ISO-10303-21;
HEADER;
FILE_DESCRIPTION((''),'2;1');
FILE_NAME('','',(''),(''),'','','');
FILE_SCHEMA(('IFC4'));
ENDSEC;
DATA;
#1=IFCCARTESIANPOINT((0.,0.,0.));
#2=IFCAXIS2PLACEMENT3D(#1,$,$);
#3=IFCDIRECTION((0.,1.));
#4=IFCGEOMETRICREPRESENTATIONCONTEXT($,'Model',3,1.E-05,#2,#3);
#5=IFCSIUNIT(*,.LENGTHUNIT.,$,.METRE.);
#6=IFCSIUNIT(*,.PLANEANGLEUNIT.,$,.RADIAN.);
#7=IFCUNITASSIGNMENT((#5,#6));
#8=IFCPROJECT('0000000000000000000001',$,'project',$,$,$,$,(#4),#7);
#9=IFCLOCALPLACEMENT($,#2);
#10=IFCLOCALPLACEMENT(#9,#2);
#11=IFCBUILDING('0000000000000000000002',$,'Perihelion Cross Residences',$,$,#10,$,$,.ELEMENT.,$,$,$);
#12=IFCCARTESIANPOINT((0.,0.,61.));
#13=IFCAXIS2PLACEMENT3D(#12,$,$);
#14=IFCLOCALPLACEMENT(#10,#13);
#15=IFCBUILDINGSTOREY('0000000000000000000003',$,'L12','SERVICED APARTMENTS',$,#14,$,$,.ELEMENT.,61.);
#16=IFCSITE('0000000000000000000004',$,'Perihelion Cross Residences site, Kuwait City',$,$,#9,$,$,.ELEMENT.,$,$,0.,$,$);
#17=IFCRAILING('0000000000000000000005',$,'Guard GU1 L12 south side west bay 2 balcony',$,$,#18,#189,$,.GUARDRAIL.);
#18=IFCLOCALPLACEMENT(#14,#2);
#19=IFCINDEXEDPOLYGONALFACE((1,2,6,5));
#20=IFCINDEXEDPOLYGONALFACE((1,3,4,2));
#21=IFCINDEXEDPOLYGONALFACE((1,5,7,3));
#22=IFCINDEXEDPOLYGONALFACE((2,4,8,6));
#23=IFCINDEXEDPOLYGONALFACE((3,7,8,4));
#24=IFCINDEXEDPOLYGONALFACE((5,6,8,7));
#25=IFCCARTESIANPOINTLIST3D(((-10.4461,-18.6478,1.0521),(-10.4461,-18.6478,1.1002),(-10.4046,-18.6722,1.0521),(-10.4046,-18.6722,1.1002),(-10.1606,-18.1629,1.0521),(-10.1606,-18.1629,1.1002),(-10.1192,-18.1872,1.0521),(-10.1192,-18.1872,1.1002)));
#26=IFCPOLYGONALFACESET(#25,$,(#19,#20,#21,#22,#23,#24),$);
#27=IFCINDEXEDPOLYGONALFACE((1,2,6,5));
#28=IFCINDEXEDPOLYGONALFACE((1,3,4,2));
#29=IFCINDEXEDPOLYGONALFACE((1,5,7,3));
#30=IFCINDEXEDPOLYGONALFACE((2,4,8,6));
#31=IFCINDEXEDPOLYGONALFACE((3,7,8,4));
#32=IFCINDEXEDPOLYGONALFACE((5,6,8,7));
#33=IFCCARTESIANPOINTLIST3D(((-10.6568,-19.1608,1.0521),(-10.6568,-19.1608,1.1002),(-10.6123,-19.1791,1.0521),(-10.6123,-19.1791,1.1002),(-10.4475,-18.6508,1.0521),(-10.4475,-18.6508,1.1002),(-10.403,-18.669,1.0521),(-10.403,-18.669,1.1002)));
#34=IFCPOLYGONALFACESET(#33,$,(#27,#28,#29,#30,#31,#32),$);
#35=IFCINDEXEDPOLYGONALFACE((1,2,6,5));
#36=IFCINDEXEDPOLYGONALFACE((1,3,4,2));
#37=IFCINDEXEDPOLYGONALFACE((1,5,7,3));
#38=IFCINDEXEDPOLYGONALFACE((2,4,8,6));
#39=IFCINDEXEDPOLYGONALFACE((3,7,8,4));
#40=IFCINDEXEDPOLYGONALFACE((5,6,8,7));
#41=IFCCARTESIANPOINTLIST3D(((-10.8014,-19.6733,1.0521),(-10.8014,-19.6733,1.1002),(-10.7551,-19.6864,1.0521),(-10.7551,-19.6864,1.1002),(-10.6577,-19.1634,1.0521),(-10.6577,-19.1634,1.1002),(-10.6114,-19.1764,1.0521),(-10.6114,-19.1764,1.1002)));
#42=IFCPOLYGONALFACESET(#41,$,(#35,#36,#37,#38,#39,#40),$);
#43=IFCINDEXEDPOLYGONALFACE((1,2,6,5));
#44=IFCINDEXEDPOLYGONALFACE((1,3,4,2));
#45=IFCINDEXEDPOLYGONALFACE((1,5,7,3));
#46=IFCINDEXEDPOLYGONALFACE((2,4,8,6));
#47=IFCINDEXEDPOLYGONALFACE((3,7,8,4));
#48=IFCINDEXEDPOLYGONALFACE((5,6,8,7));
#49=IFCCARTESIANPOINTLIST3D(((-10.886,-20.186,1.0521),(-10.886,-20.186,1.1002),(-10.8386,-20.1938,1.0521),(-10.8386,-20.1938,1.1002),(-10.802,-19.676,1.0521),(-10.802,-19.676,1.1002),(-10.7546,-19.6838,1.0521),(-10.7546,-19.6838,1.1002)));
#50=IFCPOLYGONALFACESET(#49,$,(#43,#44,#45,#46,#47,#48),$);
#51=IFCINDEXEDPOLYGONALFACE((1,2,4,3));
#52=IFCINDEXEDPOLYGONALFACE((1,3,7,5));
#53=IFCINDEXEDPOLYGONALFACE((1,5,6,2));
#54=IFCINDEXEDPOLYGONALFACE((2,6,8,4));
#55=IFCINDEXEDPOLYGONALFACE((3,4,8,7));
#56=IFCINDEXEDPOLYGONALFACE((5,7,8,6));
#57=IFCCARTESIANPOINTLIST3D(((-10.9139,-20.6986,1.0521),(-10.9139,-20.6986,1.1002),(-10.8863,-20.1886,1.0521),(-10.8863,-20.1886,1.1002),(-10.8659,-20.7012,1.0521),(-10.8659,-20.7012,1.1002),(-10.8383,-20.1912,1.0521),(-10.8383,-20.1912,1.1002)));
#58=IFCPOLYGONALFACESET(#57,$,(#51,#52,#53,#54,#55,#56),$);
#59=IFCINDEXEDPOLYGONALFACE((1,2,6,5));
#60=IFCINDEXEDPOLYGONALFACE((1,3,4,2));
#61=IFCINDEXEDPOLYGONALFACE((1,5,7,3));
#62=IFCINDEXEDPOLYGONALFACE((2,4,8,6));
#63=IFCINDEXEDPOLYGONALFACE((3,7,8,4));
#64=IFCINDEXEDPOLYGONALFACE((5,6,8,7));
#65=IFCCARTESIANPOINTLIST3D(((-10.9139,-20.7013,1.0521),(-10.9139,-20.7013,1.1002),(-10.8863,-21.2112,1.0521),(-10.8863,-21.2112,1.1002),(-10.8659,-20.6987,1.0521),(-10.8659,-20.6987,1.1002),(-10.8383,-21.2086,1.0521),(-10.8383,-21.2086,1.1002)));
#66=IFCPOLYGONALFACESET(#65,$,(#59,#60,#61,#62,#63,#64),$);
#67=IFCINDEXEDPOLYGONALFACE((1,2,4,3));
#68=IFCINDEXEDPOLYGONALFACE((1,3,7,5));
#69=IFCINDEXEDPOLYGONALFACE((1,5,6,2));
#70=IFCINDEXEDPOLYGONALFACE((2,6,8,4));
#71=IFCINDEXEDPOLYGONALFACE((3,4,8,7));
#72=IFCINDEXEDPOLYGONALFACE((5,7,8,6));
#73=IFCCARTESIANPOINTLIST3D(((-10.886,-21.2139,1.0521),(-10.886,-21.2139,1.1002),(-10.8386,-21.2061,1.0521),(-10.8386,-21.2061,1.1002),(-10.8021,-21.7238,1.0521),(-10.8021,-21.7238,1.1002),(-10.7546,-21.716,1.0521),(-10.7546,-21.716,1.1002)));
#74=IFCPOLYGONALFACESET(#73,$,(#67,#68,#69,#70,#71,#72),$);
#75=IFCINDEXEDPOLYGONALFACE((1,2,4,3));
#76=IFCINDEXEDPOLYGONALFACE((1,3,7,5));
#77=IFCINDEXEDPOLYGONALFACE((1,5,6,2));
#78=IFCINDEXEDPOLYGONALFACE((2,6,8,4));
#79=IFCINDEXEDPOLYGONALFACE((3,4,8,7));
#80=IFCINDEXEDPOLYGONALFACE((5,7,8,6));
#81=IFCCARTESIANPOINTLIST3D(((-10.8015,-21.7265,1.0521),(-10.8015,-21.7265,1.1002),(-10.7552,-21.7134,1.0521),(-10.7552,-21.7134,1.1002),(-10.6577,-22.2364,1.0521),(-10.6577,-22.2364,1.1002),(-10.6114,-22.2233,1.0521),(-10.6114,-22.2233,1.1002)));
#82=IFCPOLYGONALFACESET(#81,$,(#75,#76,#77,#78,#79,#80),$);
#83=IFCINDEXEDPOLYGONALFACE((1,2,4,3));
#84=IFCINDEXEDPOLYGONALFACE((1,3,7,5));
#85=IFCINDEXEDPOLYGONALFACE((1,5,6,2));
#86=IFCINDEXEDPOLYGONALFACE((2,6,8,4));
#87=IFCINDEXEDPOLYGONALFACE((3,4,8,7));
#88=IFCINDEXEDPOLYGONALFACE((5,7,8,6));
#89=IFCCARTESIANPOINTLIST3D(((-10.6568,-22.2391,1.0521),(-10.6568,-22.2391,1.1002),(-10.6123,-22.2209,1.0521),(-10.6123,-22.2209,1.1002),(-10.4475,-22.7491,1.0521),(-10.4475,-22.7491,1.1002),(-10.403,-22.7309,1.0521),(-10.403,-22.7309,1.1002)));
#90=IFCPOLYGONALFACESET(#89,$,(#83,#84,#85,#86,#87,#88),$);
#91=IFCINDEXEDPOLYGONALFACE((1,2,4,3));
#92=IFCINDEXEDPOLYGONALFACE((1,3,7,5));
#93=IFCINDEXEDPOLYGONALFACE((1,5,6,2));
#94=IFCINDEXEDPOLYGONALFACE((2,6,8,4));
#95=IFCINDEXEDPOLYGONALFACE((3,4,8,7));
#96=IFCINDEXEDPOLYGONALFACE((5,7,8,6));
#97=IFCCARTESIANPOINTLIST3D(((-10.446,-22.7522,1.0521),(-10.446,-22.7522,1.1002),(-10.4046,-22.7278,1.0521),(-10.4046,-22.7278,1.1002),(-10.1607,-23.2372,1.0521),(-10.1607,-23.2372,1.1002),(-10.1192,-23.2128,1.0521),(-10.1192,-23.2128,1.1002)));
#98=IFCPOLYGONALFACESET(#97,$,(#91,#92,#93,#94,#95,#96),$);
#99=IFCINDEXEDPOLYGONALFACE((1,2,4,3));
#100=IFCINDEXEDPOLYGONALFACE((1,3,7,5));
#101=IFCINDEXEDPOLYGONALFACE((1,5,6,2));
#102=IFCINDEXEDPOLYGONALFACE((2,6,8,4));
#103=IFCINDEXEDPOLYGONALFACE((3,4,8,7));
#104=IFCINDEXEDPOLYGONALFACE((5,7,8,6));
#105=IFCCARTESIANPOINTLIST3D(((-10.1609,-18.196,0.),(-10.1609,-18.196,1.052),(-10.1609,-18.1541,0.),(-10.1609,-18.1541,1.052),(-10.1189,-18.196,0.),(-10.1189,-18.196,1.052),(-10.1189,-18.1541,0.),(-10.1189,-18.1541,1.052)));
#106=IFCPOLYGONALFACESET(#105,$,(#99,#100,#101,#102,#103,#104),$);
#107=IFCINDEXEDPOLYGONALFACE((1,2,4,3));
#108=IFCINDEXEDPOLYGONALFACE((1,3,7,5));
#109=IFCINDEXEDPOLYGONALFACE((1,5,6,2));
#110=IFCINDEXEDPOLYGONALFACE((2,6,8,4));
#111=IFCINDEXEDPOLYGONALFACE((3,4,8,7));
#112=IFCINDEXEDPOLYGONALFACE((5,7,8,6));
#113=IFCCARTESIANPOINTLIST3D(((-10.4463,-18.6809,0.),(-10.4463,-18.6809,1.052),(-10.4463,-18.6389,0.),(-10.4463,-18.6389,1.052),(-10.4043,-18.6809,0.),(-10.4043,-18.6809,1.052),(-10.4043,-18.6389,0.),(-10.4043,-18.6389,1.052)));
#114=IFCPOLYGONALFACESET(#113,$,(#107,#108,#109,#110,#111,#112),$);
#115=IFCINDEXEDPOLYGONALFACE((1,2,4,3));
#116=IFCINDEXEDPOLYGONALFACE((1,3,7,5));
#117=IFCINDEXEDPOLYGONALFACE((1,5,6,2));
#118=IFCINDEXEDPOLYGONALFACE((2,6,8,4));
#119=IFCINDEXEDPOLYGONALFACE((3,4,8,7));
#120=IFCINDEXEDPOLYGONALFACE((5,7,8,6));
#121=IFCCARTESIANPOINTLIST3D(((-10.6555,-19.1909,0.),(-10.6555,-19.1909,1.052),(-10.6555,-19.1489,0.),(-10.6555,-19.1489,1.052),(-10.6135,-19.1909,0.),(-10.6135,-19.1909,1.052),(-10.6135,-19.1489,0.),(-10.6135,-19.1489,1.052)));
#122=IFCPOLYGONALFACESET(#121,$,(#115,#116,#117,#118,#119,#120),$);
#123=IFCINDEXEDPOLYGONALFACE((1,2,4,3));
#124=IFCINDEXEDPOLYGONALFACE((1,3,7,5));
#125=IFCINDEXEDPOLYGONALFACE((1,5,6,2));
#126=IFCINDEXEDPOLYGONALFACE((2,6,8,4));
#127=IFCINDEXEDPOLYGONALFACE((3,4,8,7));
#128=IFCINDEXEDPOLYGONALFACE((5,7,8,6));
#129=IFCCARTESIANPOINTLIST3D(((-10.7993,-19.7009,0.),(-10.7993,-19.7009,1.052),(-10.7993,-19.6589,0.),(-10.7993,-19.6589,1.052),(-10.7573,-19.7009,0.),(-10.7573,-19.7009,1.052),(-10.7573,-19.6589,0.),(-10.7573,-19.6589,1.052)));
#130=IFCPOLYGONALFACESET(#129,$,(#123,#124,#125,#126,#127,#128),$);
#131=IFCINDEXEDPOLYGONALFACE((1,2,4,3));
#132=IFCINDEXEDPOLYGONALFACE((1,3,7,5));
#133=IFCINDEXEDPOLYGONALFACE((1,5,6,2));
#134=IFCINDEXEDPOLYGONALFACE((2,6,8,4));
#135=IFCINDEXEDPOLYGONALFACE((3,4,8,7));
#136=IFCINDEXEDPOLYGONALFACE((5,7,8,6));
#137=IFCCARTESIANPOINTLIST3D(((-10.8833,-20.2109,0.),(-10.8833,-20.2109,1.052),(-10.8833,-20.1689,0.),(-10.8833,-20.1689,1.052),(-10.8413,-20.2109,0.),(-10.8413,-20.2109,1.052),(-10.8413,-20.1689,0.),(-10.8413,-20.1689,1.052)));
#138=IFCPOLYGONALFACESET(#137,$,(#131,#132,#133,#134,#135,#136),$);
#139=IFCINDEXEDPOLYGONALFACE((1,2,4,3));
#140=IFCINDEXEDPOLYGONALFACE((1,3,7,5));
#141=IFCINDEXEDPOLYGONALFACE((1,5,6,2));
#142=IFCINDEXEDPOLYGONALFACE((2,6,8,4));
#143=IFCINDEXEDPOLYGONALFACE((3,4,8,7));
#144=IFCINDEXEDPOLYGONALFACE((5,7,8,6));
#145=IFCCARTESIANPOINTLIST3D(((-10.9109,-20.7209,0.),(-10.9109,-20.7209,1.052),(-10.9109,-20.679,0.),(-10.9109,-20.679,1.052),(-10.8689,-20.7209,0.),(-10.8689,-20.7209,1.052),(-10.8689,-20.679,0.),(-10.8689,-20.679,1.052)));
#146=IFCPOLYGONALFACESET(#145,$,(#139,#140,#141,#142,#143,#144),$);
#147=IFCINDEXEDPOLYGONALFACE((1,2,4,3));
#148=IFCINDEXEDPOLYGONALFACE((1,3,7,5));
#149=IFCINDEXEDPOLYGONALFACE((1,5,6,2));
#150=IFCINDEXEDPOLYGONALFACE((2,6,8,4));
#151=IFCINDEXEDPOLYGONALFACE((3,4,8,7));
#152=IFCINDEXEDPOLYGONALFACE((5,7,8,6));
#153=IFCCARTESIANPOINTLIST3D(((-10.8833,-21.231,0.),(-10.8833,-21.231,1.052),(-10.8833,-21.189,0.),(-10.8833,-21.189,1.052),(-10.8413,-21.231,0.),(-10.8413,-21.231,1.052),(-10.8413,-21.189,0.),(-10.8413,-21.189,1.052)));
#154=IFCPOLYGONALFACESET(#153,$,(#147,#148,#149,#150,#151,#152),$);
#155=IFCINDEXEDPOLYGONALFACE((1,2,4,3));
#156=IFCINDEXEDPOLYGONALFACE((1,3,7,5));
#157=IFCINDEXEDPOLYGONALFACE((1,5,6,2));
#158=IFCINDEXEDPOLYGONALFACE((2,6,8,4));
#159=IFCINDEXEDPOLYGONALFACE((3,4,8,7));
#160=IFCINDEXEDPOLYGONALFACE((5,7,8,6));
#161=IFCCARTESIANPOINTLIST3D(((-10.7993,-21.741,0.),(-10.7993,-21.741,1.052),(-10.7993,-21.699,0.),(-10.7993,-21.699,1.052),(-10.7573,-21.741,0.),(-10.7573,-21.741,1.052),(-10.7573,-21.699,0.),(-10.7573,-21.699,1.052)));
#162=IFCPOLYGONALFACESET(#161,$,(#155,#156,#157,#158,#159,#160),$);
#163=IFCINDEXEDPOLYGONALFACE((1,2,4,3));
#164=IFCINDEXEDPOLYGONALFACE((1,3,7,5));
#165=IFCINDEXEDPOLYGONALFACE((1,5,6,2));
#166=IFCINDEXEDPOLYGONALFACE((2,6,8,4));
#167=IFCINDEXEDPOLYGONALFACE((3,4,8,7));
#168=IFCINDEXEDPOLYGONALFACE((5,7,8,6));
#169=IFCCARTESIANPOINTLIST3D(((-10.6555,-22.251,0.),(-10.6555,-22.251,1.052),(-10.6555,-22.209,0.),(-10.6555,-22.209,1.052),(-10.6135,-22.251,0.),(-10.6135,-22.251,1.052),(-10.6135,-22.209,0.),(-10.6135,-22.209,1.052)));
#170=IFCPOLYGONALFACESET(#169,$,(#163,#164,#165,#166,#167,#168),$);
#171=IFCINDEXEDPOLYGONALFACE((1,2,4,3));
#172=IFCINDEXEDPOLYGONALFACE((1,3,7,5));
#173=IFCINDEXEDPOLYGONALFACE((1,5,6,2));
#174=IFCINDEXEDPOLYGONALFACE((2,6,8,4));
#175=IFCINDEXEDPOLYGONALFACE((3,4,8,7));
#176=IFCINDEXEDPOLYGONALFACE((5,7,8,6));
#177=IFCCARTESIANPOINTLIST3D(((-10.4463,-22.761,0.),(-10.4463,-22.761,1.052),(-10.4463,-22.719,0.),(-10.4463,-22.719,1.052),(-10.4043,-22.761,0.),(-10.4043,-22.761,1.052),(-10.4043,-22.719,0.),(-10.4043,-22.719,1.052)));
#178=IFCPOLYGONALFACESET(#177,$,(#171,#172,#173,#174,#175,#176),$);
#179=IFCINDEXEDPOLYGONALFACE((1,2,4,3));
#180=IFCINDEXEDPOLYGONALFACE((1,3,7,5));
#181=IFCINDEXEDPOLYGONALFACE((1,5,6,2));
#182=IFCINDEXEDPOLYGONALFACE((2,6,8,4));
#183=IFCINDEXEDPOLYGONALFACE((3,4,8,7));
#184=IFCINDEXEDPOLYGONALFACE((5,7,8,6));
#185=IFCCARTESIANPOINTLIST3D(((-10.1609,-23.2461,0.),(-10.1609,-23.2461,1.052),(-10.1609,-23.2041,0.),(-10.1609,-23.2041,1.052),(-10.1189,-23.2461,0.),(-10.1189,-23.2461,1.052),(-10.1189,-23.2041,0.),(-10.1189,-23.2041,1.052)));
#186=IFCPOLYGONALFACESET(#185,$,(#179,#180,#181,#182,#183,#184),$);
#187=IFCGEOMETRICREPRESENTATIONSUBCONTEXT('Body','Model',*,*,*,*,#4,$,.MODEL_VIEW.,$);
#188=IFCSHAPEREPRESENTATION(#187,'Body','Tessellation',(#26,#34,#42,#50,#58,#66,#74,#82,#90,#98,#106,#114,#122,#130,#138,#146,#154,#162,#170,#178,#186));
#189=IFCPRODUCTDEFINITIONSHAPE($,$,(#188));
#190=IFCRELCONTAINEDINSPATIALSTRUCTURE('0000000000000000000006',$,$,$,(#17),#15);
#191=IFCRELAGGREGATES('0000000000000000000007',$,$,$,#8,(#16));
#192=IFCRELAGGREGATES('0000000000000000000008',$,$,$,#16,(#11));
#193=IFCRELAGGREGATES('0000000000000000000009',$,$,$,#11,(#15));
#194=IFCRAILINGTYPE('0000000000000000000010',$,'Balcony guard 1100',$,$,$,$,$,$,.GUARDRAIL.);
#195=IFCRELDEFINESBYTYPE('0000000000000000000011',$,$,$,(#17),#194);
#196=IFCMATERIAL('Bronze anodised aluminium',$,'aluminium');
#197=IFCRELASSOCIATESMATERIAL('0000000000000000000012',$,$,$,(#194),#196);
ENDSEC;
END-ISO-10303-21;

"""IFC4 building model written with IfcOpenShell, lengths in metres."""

from ifc_helpers import new_model, si_unit, direction, frame, origin, origin_2d, place, context, subcontext, project, spatial, rectangle, extrude, material, type_object, element, save


model = new_model("IFC4")

# Units and contexts
model_context = context("Model", 3, precision=1e-05, world=origin(), true_north=direction((0.0, 1.0)))
body_context = subcontext(model_context, "Body", "Model", "MODEL_VIEW")
ifc_project = project(units=[si_unit("LENGTHUNIT", "METRE"), si_unit("PLANEANGLEUNIT", "RADIAN")], contexts=[model_context])

# Site, building, storey
site_placement = place(None, origin())
site = spatial("IfcSite", under=ifc_project, at=site_placement, Name="Perihelion Cross Residences site, Kuwait City", CompositionType="ELEMENT", RefElevation=0.0)
building_placement = place(site_placement, origin())
building = spatial("IfcBuilding", under=site, at=building_placement, Name="Perihelion Cross Residences", CompositionType="ELEMENT")
storey_placement = place(building_placement, frame((0.0, 0.0, 61.0)))
storey = spatial("IfcBuildingStorey", under=building, at=storey_placement, Name="L12", Description="SERVICED APARTMENTS", CompositionType="ELEMENT", Elevation=61.0)

# Railing
ifc_material_1 = material(Name="Bronze anodised aluminium", Category="aluminium")
railing_type = type_object("IfcRailingType", Name="Balcony guard 1100", PredefinedType="GUARDRAIL", material=ifc_material_1)
railing_1_placement = place(storey_placement, frame((-10.1399, -18.175, 0.0)))
element("IfcRailing", 1, at=railing_1_placement, inside=storey, type_object=railing_type, Name="Guard GU1 L12 south side west bay 2 balcony", PredefinedType="GUARDRAIL", context=body_context, shape_type="SweptSolid", body=[
    extrude(rectangle(XDim=0.0481, YDim=0.0481, at=origin_2d()), frame((0.0, 0.0, 1.0762), z_axis=(-0.507267, -0.861789, 0.0), x_axis=(0.861789, -0.507267, 0.0)), (0.0, 0.0, 1.0), 0.5627),
    extrude(rectangle(XDim=0.0481, YDim=0.0481, at=origin_2d()), frame((-0.2854, -0.4849, 1.0762), z_axis=(-0.379547, -0.925173, 0.0), x_axis=(0.925173, -0.379547, 0.0)), (0.0, 0.0, 1.0), 0.5513),
    extrude(rectangle(XDim=0.0481, YDim=0.0481, at=origin_2d()), frame((-0.4946, -0.9949, 1.0762), z_axis=(-0.271373, -0.962474, 0.0), x_axis=(0.962474, -0.271373, 0.0)), (0.0, 0.0, 1.0), 0.5298),
    extrude(rectangle(XDim=0.0481, YDim=0.0481, at=origin_2d()), frame((-0.6384, -1.5049, 1.0762), z_axis=(-0.162484, -0.986711, 0.0), x_axis=(0.986711, -0.162484, 0.0)), (0.0, 0.0, 1.0), 0.5168),
    extrude(rectangle(XDim=0.0481, YDim=0.0481, at=origin_2d()), frame((-0.7224, -2.0149, 1.0762), z_axis=(-0.054014, -0.99854, 0.0), x_axis=(0.99854, -0.054014, 0.0)), (0.0, 0.0, 1.0), 0.5107),
    extrude(rectangle(XDim=0.0481, YDim=0.0481, at=origin_2d()), frame((-0.75, -2.5249, 1.0762), z_axis=(0.054014, -0.99854, 0.0), x_axis=(0.99854, 0.054014, 0.0)), (0.0, 0.0, 1.0), 0.5107),
    extrude(rectangle(XDim=0.0481, YDim=0.0481, at=origin_2d()), frame((-0.7224, -3.0349, 1.0762), z_axis=(0.162484, -0.986711, 0.0), x_axis=(0.986711, 0.162484, 0.0)), (0.0, 0.0, 1.0), 0.5168),
    extrude(rectangle(XDim=0.0481, YDim=0.0481, at=origin_2d()), frame((-0.6384, -3.5449, 1.0762), z_axis=(0.271373, -0.962474, 0.0), x_axis=(0.962474, 0.271373, 0.0)), (0.0, 0.0, 1.0), 0.5298),
    extrude(rectangle(XDim=0.0481, YDim=0.0481, at=origin_2d()), frame((-0.4946, -4.0549, 1.0762), z_axis=(0.379547, -0.925173, 0.0), x_axis=(0.925173, 0.379547, 0.0)), (0.0, 0.0, 1.0), 0.5513),
    extrude(rectangle(XDim=0.0481, YDim=0.0481, at=origin_2d()), frame((-0.2854, -4.5649, 1.0762), z_axis=(0.507077, -0.861901, 0.0), x_axis=(0.861901, 0.507077, 0.0)), (0.0, 0.0, 1.0), 0.5627),
    extrude(rectangle(XDim=0.042, YDim=0.042, at=origin_2d()), origin(), (0.0, 0.0, 1.0), 1.052),
    extrude(rectangle(XDim=0.042, YDim=0.042, at=origin_2d()), frame((-0.2854, -0.4849, 0.0)), (0.0, 0.0, 1.0), 1.052),
    extrude(rectangle(XDim=0.042, YDim=0.042, at=origin_2d()), frame((-0.4946, -0.9949, 0.0)), (0.0, 0.0, 1.0), 1.052),
    extrude(rectangle(XDim=0.042, YDim=0.042, at=origin_2d()), frame((-0.6384, -1.5049, 0.0)), (0.0, 0.0, 1.0), 1.052),
    extrude(rectangle(XDim=0.042, YDim=0.042, at=origin_2d()), frame((-0.7224, -2.0149, 0.0)), (0.0, 0.0, 1.0), 1.052),
    extrude(rectangle(XDim=0.042, YDim=0.042, at=origin_2d()), frame((-0.75, -2.5249, 0.0)), (0.0, 0.0, 1.0), 1.052),
    extrude(rectangle(XDim=0.042, YDim=0.042, at=origin_2d()), frame((-0.7224, -3.0349, 0.0)), (0.0, 0.0, 1.0), 1.052),
    extrude(rectangle(XDim=0.042, YDim=0.042, at=origin_2d()), frame((-0.6384, -3.5449, 0.0)), (0.0, 0.0, 1.0), 1.052),
    extrude(rectangle(XDim=0.042, YDim=0.042, at=origin_2d()), frame((-0.4946, -4.0549, 0.0)), (0.0, 0.0, 1.0), 1.052),
    extrude(rectangle(XDim=0.042, YDim=0.042, at=origin_2d()), frame((-0.2854, -4.5649, 0.0)), (0.0, 0.0, 1.0), 1.052),
    extrude(rectangle(XDim=0.042, YDim=0.042, at=origin_2d()), frame((0.0, -5.05, 0.0)), (0.0, 0.0, 1.0), 1.052),
])

save(model, "model.ifc")
